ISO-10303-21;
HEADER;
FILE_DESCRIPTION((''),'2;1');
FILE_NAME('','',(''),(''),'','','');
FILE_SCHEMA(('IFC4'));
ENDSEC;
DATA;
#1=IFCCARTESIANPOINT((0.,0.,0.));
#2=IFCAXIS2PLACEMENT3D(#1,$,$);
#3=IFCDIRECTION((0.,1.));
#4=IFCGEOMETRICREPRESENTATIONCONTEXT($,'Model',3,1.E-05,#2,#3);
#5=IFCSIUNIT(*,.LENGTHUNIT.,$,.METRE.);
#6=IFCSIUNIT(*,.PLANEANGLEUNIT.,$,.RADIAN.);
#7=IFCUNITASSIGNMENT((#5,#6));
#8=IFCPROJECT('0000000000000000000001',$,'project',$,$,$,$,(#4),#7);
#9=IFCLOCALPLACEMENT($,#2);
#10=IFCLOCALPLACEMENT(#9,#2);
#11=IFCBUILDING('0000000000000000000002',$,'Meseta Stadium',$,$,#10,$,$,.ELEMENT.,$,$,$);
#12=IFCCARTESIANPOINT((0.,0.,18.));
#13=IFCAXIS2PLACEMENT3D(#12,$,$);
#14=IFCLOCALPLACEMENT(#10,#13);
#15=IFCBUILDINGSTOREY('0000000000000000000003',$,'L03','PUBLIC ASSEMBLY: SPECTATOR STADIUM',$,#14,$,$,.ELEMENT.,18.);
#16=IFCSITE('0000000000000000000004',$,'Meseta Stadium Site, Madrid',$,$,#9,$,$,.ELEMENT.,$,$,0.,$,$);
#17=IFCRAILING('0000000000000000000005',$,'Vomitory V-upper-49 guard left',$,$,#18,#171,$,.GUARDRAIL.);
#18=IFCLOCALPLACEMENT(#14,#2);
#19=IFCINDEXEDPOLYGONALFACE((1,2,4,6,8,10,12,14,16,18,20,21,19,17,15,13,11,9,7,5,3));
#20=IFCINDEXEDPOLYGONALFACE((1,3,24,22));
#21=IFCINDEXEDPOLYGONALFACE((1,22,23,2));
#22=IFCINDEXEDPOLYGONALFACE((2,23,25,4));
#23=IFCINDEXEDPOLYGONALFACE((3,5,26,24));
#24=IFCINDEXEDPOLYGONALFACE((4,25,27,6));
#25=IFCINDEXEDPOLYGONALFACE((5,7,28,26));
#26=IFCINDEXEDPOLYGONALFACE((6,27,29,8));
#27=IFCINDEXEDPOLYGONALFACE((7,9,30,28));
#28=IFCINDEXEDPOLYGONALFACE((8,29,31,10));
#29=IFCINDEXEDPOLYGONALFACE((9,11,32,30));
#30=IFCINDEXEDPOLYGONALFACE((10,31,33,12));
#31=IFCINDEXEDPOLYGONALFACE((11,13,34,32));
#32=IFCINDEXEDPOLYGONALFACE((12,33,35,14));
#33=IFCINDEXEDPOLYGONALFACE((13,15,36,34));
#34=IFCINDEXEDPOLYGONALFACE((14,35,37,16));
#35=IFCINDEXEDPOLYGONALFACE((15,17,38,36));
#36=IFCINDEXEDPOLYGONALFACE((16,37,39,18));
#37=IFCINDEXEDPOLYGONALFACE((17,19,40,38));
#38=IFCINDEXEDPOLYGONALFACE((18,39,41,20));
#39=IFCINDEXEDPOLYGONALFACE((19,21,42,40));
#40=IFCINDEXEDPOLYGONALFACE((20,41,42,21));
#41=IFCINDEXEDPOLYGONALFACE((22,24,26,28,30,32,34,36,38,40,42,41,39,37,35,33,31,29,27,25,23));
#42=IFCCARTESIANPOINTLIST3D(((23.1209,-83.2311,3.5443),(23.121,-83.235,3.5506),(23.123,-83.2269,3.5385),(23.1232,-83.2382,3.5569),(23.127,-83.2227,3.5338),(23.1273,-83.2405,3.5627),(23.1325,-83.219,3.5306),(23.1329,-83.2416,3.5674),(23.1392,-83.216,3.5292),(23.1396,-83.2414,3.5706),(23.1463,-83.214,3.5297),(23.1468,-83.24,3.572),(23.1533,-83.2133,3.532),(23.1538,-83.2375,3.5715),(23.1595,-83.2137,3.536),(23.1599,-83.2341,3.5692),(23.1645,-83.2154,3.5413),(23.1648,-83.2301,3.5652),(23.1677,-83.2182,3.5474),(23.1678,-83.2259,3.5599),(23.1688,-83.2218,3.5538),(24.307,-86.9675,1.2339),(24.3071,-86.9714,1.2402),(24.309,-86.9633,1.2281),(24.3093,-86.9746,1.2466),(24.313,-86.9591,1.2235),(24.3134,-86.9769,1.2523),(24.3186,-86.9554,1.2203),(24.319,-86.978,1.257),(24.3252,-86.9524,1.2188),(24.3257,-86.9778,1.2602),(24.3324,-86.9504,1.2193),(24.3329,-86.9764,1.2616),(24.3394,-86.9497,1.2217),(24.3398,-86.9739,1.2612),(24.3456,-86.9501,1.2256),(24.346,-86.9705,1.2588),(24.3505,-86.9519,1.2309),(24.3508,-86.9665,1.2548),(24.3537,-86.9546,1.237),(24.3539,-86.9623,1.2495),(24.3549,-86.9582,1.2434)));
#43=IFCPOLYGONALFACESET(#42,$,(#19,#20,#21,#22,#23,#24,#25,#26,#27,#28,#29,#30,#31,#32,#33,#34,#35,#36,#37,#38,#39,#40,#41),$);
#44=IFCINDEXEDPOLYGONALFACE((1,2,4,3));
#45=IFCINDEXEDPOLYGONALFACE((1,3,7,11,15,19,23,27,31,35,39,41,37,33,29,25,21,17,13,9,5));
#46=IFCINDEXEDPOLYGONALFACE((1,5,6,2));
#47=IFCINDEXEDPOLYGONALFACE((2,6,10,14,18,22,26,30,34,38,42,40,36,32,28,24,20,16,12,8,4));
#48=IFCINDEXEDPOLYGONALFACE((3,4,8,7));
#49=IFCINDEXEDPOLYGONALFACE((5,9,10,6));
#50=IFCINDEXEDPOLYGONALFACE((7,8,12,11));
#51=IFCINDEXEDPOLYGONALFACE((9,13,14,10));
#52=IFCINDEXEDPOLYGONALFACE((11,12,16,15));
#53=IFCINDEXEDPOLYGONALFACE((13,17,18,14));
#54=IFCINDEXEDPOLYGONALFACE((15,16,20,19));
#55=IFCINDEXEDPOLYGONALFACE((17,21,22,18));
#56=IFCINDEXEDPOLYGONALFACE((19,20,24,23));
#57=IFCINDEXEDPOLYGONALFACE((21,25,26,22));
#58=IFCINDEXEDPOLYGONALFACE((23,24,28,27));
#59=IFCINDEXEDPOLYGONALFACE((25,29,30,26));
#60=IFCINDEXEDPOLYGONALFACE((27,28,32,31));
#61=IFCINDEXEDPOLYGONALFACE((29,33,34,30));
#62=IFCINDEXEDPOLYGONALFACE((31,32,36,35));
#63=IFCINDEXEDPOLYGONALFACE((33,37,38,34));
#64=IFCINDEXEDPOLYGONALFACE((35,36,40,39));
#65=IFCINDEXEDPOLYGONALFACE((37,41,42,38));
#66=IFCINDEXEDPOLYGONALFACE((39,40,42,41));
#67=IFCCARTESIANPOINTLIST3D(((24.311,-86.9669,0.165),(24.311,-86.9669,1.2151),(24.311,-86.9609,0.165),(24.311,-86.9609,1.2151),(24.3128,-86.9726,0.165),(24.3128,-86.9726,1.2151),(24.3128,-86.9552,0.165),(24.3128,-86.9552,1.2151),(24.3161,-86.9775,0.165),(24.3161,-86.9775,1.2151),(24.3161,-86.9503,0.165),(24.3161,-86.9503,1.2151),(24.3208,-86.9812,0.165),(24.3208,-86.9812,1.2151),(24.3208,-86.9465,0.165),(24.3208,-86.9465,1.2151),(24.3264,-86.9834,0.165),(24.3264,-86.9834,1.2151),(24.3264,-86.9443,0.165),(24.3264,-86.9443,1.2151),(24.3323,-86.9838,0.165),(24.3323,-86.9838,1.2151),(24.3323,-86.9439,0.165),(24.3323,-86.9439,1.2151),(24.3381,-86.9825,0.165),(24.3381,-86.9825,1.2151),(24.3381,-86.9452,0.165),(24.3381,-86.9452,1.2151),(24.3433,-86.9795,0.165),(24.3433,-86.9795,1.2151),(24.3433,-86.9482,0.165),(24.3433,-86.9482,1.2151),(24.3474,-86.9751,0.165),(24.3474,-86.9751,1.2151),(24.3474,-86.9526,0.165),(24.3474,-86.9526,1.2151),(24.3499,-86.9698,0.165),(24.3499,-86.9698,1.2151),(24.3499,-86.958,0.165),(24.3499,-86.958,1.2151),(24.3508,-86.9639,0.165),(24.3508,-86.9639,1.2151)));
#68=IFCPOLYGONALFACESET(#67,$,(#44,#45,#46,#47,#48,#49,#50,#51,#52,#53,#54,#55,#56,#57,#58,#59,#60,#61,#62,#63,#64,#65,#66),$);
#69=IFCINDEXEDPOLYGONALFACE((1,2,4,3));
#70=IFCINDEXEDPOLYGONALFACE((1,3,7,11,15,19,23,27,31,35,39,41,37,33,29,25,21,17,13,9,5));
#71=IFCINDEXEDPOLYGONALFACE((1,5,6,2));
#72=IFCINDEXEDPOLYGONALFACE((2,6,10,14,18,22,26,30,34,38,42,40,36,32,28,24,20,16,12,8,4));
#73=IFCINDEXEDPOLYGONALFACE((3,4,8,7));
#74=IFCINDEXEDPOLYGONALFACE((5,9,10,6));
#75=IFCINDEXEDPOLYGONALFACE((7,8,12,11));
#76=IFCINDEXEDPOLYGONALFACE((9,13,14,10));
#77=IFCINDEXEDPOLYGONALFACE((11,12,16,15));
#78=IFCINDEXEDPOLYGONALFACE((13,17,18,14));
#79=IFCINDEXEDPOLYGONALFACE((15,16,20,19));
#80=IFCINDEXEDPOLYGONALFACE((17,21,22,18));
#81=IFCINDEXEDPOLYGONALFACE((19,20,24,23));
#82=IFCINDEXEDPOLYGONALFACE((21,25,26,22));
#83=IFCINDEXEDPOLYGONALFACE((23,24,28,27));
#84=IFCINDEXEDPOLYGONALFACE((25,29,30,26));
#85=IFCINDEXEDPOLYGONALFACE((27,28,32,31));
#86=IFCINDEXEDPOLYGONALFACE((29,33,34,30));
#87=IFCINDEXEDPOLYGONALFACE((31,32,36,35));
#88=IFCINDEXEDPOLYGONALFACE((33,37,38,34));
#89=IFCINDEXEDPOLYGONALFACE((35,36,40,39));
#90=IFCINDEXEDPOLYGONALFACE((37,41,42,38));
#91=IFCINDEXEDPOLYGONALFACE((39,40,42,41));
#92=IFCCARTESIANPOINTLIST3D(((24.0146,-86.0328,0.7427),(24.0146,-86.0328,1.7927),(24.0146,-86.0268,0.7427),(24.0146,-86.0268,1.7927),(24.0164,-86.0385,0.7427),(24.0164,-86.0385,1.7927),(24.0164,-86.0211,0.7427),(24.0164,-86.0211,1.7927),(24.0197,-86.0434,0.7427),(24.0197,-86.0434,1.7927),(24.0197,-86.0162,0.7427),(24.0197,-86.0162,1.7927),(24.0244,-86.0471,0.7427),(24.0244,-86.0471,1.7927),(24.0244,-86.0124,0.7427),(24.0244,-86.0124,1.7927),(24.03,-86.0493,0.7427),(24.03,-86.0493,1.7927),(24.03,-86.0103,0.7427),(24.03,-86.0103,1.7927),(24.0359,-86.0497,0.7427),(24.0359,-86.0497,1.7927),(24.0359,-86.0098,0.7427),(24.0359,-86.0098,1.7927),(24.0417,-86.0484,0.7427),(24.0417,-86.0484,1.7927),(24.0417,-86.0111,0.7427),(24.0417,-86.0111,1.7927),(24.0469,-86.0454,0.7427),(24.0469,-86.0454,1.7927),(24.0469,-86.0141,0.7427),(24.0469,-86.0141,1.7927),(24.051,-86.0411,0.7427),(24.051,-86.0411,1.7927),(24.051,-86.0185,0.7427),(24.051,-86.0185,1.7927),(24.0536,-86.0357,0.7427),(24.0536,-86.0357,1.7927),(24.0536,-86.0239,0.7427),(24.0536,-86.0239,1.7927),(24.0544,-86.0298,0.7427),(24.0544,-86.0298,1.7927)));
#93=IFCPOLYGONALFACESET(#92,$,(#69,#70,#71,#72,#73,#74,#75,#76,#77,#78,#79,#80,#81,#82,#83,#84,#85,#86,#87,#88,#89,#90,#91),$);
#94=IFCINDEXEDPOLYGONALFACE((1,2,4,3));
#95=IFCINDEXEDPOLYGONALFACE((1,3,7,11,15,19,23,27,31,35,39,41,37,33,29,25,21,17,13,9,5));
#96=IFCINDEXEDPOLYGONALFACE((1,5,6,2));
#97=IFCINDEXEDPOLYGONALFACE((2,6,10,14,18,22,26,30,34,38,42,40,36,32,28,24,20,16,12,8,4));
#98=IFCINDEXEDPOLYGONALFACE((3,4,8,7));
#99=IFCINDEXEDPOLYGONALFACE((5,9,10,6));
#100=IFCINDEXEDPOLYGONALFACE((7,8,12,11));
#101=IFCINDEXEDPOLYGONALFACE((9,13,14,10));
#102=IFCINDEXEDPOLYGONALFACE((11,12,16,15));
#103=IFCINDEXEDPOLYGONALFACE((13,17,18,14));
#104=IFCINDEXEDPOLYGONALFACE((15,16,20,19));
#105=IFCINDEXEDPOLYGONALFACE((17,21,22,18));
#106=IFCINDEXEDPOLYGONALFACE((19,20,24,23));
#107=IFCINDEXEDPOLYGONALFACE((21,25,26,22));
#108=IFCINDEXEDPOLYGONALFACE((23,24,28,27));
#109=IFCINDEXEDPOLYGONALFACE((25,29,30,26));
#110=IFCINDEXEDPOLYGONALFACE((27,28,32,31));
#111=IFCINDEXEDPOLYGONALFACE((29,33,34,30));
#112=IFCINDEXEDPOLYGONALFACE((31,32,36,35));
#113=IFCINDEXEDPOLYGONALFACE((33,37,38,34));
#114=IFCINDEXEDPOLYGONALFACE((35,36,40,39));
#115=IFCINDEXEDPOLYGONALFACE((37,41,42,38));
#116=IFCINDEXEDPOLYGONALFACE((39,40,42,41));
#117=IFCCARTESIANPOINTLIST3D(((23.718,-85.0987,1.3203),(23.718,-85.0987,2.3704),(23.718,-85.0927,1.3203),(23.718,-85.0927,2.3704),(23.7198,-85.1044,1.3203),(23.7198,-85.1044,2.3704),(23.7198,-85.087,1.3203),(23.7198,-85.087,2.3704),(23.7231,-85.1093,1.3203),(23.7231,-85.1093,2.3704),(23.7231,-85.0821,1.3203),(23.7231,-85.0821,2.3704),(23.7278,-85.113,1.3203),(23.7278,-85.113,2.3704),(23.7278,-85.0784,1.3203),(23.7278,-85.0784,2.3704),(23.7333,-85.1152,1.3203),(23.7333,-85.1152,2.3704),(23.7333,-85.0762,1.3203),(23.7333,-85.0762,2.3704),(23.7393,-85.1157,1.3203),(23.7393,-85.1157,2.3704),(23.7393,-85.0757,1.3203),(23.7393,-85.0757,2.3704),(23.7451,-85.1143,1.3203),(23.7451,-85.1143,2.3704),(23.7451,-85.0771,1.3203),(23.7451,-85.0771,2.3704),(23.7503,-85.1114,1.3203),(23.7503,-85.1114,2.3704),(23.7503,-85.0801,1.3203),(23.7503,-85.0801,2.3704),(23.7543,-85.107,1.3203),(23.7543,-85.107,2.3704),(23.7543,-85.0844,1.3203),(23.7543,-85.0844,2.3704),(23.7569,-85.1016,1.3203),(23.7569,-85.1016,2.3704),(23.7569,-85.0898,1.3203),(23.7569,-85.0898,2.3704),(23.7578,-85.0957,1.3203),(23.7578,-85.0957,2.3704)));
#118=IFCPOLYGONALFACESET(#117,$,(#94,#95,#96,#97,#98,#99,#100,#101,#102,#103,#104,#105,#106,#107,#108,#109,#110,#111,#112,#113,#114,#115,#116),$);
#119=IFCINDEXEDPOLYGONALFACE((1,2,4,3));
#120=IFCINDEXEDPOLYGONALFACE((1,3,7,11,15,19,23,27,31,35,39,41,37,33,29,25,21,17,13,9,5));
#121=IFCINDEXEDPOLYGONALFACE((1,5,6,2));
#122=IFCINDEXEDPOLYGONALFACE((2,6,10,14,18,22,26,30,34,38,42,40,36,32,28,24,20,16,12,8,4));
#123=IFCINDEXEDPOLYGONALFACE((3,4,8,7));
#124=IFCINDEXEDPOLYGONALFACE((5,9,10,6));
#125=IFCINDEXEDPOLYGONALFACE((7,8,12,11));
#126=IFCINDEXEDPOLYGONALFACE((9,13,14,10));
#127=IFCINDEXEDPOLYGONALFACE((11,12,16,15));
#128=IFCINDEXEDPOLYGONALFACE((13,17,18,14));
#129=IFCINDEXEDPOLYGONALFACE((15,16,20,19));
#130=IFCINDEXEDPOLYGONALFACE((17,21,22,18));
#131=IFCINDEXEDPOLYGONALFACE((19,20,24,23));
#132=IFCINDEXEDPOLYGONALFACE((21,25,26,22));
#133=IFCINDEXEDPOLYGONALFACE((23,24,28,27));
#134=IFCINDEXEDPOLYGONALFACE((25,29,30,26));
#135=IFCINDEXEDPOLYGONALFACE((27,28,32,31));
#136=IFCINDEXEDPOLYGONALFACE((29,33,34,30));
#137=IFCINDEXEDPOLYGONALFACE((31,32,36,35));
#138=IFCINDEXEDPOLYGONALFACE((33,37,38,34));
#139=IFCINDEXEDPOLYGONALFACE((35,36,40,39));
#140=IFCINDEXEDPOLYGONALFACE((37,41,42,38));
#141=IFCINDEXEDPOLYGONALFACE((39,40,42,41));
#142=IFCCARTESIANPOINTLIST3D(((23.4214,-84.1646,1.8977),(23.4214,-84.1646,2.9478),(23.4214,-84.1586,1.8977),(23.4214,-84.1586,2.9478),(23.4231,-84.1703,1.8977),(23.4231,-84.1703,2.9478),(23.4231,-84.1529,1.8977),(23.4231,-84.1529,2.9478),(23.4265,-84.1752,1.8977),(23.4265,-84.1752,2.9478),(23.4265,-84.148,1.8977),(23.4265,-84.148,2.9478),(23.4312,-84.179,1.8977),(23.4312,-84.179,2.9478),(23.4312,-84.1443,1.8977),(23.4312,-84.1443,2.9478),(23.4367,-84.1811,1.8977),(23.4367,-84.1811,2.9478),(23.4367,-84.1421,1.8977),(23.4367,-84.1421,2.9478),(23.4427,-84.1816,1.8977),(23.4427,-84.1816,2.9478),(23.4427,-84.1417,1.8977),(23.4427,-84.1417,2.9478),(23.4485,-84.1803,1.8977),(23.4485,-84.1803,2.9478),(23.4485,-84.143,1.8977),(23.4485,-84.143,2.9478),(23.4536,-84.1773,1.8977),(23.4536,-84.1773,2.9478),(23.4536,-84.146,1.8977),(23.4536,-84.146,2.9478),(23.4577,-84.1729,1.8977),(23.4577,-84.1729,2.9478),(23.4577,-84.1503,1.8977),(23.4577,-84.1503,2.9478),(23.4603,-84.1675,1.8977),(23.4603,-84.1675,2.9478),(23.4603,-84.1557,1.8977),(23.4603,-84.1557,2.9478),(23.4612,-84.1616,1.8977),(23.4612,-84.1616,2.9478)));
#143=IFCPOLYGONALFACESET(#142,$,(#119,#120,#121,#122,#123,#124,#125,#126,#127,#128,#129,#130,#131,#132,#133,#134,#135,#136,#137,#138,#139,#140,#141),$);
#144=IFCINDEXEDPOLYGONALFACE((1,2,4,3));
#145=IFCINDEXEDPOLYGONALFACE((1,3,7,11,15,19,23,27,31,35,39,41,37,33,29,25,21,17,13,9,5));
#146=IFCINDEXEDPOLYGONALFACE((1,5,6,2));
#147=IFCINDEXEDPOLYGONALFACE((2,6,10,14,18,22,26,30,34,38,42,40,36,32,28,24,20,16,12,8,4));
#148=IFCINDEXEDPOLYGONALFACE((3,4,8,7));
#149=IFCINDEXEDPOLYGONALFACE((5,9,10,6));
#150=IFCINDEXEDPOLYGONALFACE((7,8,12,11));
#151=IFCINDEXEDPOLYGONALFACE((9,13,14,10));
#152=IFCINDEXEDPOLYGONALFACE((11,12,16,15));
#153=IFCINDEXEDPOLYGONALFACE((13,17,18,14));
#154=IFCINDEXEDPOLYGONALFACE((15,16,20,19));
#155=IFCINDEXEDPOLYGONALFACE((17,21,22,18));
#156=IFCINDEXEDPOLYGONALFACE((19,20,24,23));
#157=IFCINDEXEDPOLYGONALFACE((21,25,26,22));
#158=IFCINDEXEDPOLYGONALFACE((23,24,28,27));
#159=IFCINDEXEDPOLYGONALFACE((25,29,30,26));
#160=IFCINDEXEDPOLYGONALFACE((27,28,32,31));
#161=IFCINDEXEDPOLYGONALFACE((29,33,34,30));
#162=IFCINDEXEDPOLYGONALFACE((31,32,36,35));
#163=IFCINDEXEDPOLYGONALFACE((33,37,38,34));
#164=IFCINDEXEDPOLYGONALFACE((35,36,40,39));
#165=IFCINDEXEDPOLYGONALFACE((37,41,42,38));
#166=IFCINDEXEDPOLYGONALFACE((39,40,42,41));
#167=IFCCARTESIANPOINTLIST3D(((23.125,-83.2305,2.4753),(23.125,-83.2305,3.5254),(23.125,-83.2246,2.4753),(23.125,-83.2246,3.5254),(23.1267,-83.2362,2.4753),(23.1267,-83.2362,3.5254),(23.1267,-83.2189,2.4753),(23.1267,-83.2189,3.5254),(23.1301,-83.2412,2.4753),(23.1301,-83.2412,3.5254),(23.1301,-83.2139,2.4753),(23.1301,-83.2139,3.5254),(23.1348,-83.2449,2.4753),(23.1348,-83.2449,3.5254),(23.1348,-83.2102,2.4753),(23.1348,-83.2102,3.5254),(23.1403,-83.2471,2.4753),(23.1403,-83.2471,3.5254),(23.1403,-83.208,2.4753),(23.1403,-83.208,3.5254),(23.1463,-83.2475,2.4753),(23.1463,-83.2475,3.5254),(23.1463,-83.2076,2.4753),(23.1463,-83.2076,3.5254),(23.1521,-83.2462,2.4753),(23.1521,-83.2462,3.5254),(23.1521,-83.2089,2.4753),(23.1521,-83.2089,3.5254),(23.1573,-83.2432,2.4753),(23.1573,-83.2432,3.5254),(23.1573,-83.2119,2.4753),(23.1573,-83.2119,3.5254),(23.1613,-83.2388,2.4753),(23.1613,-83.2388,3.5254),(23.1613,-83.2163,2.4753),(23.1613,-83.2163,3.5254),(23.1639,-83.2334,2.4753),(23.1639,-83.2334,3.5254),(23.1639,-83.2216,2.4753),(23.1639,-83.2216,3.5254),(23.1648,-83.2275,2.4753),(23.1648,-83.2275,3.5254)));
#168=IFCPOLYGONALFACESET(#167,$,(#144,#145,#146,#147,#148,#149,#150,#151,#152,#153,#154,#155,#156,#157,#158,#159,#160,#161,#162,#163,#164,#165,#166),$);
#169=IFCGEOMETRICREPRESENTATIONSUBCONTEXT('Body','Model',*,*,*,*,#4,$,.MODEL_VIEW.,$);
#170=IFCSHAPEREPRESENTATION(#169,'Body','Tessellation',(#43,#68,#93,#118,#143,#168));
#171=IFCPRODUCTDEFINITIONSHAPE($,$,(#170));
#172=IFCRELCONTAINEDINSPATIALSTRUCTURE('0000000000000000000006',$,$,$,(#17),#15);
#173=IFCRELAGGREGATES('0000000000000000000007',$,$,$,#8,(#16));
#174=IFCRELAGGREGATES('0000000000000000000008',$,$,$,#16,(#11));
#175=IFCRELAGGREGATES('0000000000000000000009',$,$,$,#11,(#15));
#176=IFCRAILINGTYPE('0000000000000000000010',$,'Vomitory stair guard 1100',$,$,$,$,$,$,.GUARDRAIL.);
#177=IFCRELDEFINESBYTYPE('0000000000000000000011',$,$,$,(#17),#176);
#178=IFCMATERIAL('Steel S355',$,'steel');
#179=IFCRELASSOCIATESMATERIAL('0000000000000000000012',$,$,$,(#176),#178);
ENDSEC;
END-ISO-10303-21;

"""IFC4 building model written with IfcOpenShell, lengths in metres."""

from ifc_helpers import new_model, si_unit, direction, frame, origin, origin_2d, place, context, subcontext, project, spatial, circle, extrude, material, type_object, element, save


model = new_model("IFC4")

# Units and contexts
model_context = context("Model", 3, precision=1e-05, world=origin(), true_north=direction((0.0, 1.0)))
body_context = subcontext(model_context, "Body", "Model", "MODEL_VIEW")
ifc_project = project(units=[si_unit("LENGTHUNIT", "METRE"), si_unit("PLANEANGLEUNIT", "RADIAN")], contexts=[model_context])

# Site, building, storey
site_placement = place(None, origin())
site = spatial("IfcSite", under=ifc_project, at=site_placement, Name="Meseta Stadium Site, Madrid", CompositionType="ELEMENT", RefElevation=0.0)
building_placement = place(site_placement, origin())
building = spatial("IfcBuilding", under=site, at=building_placement, Name="Meseta Stadium", CompositionType="ELEMENT")
storey_placement = place(building_placement, frame((0.0, 0.0, 18.0)))
storey = spatial("IfcBuildingStorey", under=building, at=storey_placement, Name="L03", Description="PUBLIC ASSEMBLY: SPECTATOR STADIUM", CompositionType="ELEMENT", Elevation=18.0)

# Railing
ifc_material_1 = material(Name="Steel S355", Category="steel")
railing_type_1 = type_object("IfcRailingType", Name="Vomitory stair guard 1100", PredefinedType="GUARDRAIL", material=ifc_material_1)
railing_1_placement = place(storey_placement, frame((24.3308, -86.9639, 0.165)))
element("IfcRailing", 1, at=railing_1_placement, inside=storey, type_object=railing_type_1, Name="Vomitory V-upper-49 guard left", PredefinedType="GUARDRAIL", context=body_context, shape_type="SweptSolid", body=[
    extrude(circle(Radius=0.0249, at=origin_2d()), frame((0.0, 0.0, 1.0752), z_axis=(-0.260656, 0.821135, 0.507736), x_axis=(-0.953132, -0.302556, 0.0)), (0.0, 0.0, 1.0), 4.5503),
    extrude(circle(Radius=0.02, at=origin_2d()), origin(), (0.0, 0.0, 1.0), 1.05),
    extrude(circle(Radius=0.02, at=origin_2d()), frame((-0.2964, 0.9341, 0.5776)), (0.0, 0.0, 1.0), 1.05),
    extrude(circle(Radius=0.02, at=origin_2d()), frame((-0.593, 1.8682, 1.1553)), (0.0, 0.0, 1.0), 1.05),
    extrude(circle(Radius=0.02, at=origin_2d()), frame((-0.8896, 2.8022, 1.7327)), (0.0, 0.0, 1.0), 1.05),
    extrude(circle(Radius=0.02, at=origin_2d()), frame((-1.186, 3.7363, 2.3103)), (0.0, 0.0, 1.0), 1.05),
])

save(model, "model.ifc")
